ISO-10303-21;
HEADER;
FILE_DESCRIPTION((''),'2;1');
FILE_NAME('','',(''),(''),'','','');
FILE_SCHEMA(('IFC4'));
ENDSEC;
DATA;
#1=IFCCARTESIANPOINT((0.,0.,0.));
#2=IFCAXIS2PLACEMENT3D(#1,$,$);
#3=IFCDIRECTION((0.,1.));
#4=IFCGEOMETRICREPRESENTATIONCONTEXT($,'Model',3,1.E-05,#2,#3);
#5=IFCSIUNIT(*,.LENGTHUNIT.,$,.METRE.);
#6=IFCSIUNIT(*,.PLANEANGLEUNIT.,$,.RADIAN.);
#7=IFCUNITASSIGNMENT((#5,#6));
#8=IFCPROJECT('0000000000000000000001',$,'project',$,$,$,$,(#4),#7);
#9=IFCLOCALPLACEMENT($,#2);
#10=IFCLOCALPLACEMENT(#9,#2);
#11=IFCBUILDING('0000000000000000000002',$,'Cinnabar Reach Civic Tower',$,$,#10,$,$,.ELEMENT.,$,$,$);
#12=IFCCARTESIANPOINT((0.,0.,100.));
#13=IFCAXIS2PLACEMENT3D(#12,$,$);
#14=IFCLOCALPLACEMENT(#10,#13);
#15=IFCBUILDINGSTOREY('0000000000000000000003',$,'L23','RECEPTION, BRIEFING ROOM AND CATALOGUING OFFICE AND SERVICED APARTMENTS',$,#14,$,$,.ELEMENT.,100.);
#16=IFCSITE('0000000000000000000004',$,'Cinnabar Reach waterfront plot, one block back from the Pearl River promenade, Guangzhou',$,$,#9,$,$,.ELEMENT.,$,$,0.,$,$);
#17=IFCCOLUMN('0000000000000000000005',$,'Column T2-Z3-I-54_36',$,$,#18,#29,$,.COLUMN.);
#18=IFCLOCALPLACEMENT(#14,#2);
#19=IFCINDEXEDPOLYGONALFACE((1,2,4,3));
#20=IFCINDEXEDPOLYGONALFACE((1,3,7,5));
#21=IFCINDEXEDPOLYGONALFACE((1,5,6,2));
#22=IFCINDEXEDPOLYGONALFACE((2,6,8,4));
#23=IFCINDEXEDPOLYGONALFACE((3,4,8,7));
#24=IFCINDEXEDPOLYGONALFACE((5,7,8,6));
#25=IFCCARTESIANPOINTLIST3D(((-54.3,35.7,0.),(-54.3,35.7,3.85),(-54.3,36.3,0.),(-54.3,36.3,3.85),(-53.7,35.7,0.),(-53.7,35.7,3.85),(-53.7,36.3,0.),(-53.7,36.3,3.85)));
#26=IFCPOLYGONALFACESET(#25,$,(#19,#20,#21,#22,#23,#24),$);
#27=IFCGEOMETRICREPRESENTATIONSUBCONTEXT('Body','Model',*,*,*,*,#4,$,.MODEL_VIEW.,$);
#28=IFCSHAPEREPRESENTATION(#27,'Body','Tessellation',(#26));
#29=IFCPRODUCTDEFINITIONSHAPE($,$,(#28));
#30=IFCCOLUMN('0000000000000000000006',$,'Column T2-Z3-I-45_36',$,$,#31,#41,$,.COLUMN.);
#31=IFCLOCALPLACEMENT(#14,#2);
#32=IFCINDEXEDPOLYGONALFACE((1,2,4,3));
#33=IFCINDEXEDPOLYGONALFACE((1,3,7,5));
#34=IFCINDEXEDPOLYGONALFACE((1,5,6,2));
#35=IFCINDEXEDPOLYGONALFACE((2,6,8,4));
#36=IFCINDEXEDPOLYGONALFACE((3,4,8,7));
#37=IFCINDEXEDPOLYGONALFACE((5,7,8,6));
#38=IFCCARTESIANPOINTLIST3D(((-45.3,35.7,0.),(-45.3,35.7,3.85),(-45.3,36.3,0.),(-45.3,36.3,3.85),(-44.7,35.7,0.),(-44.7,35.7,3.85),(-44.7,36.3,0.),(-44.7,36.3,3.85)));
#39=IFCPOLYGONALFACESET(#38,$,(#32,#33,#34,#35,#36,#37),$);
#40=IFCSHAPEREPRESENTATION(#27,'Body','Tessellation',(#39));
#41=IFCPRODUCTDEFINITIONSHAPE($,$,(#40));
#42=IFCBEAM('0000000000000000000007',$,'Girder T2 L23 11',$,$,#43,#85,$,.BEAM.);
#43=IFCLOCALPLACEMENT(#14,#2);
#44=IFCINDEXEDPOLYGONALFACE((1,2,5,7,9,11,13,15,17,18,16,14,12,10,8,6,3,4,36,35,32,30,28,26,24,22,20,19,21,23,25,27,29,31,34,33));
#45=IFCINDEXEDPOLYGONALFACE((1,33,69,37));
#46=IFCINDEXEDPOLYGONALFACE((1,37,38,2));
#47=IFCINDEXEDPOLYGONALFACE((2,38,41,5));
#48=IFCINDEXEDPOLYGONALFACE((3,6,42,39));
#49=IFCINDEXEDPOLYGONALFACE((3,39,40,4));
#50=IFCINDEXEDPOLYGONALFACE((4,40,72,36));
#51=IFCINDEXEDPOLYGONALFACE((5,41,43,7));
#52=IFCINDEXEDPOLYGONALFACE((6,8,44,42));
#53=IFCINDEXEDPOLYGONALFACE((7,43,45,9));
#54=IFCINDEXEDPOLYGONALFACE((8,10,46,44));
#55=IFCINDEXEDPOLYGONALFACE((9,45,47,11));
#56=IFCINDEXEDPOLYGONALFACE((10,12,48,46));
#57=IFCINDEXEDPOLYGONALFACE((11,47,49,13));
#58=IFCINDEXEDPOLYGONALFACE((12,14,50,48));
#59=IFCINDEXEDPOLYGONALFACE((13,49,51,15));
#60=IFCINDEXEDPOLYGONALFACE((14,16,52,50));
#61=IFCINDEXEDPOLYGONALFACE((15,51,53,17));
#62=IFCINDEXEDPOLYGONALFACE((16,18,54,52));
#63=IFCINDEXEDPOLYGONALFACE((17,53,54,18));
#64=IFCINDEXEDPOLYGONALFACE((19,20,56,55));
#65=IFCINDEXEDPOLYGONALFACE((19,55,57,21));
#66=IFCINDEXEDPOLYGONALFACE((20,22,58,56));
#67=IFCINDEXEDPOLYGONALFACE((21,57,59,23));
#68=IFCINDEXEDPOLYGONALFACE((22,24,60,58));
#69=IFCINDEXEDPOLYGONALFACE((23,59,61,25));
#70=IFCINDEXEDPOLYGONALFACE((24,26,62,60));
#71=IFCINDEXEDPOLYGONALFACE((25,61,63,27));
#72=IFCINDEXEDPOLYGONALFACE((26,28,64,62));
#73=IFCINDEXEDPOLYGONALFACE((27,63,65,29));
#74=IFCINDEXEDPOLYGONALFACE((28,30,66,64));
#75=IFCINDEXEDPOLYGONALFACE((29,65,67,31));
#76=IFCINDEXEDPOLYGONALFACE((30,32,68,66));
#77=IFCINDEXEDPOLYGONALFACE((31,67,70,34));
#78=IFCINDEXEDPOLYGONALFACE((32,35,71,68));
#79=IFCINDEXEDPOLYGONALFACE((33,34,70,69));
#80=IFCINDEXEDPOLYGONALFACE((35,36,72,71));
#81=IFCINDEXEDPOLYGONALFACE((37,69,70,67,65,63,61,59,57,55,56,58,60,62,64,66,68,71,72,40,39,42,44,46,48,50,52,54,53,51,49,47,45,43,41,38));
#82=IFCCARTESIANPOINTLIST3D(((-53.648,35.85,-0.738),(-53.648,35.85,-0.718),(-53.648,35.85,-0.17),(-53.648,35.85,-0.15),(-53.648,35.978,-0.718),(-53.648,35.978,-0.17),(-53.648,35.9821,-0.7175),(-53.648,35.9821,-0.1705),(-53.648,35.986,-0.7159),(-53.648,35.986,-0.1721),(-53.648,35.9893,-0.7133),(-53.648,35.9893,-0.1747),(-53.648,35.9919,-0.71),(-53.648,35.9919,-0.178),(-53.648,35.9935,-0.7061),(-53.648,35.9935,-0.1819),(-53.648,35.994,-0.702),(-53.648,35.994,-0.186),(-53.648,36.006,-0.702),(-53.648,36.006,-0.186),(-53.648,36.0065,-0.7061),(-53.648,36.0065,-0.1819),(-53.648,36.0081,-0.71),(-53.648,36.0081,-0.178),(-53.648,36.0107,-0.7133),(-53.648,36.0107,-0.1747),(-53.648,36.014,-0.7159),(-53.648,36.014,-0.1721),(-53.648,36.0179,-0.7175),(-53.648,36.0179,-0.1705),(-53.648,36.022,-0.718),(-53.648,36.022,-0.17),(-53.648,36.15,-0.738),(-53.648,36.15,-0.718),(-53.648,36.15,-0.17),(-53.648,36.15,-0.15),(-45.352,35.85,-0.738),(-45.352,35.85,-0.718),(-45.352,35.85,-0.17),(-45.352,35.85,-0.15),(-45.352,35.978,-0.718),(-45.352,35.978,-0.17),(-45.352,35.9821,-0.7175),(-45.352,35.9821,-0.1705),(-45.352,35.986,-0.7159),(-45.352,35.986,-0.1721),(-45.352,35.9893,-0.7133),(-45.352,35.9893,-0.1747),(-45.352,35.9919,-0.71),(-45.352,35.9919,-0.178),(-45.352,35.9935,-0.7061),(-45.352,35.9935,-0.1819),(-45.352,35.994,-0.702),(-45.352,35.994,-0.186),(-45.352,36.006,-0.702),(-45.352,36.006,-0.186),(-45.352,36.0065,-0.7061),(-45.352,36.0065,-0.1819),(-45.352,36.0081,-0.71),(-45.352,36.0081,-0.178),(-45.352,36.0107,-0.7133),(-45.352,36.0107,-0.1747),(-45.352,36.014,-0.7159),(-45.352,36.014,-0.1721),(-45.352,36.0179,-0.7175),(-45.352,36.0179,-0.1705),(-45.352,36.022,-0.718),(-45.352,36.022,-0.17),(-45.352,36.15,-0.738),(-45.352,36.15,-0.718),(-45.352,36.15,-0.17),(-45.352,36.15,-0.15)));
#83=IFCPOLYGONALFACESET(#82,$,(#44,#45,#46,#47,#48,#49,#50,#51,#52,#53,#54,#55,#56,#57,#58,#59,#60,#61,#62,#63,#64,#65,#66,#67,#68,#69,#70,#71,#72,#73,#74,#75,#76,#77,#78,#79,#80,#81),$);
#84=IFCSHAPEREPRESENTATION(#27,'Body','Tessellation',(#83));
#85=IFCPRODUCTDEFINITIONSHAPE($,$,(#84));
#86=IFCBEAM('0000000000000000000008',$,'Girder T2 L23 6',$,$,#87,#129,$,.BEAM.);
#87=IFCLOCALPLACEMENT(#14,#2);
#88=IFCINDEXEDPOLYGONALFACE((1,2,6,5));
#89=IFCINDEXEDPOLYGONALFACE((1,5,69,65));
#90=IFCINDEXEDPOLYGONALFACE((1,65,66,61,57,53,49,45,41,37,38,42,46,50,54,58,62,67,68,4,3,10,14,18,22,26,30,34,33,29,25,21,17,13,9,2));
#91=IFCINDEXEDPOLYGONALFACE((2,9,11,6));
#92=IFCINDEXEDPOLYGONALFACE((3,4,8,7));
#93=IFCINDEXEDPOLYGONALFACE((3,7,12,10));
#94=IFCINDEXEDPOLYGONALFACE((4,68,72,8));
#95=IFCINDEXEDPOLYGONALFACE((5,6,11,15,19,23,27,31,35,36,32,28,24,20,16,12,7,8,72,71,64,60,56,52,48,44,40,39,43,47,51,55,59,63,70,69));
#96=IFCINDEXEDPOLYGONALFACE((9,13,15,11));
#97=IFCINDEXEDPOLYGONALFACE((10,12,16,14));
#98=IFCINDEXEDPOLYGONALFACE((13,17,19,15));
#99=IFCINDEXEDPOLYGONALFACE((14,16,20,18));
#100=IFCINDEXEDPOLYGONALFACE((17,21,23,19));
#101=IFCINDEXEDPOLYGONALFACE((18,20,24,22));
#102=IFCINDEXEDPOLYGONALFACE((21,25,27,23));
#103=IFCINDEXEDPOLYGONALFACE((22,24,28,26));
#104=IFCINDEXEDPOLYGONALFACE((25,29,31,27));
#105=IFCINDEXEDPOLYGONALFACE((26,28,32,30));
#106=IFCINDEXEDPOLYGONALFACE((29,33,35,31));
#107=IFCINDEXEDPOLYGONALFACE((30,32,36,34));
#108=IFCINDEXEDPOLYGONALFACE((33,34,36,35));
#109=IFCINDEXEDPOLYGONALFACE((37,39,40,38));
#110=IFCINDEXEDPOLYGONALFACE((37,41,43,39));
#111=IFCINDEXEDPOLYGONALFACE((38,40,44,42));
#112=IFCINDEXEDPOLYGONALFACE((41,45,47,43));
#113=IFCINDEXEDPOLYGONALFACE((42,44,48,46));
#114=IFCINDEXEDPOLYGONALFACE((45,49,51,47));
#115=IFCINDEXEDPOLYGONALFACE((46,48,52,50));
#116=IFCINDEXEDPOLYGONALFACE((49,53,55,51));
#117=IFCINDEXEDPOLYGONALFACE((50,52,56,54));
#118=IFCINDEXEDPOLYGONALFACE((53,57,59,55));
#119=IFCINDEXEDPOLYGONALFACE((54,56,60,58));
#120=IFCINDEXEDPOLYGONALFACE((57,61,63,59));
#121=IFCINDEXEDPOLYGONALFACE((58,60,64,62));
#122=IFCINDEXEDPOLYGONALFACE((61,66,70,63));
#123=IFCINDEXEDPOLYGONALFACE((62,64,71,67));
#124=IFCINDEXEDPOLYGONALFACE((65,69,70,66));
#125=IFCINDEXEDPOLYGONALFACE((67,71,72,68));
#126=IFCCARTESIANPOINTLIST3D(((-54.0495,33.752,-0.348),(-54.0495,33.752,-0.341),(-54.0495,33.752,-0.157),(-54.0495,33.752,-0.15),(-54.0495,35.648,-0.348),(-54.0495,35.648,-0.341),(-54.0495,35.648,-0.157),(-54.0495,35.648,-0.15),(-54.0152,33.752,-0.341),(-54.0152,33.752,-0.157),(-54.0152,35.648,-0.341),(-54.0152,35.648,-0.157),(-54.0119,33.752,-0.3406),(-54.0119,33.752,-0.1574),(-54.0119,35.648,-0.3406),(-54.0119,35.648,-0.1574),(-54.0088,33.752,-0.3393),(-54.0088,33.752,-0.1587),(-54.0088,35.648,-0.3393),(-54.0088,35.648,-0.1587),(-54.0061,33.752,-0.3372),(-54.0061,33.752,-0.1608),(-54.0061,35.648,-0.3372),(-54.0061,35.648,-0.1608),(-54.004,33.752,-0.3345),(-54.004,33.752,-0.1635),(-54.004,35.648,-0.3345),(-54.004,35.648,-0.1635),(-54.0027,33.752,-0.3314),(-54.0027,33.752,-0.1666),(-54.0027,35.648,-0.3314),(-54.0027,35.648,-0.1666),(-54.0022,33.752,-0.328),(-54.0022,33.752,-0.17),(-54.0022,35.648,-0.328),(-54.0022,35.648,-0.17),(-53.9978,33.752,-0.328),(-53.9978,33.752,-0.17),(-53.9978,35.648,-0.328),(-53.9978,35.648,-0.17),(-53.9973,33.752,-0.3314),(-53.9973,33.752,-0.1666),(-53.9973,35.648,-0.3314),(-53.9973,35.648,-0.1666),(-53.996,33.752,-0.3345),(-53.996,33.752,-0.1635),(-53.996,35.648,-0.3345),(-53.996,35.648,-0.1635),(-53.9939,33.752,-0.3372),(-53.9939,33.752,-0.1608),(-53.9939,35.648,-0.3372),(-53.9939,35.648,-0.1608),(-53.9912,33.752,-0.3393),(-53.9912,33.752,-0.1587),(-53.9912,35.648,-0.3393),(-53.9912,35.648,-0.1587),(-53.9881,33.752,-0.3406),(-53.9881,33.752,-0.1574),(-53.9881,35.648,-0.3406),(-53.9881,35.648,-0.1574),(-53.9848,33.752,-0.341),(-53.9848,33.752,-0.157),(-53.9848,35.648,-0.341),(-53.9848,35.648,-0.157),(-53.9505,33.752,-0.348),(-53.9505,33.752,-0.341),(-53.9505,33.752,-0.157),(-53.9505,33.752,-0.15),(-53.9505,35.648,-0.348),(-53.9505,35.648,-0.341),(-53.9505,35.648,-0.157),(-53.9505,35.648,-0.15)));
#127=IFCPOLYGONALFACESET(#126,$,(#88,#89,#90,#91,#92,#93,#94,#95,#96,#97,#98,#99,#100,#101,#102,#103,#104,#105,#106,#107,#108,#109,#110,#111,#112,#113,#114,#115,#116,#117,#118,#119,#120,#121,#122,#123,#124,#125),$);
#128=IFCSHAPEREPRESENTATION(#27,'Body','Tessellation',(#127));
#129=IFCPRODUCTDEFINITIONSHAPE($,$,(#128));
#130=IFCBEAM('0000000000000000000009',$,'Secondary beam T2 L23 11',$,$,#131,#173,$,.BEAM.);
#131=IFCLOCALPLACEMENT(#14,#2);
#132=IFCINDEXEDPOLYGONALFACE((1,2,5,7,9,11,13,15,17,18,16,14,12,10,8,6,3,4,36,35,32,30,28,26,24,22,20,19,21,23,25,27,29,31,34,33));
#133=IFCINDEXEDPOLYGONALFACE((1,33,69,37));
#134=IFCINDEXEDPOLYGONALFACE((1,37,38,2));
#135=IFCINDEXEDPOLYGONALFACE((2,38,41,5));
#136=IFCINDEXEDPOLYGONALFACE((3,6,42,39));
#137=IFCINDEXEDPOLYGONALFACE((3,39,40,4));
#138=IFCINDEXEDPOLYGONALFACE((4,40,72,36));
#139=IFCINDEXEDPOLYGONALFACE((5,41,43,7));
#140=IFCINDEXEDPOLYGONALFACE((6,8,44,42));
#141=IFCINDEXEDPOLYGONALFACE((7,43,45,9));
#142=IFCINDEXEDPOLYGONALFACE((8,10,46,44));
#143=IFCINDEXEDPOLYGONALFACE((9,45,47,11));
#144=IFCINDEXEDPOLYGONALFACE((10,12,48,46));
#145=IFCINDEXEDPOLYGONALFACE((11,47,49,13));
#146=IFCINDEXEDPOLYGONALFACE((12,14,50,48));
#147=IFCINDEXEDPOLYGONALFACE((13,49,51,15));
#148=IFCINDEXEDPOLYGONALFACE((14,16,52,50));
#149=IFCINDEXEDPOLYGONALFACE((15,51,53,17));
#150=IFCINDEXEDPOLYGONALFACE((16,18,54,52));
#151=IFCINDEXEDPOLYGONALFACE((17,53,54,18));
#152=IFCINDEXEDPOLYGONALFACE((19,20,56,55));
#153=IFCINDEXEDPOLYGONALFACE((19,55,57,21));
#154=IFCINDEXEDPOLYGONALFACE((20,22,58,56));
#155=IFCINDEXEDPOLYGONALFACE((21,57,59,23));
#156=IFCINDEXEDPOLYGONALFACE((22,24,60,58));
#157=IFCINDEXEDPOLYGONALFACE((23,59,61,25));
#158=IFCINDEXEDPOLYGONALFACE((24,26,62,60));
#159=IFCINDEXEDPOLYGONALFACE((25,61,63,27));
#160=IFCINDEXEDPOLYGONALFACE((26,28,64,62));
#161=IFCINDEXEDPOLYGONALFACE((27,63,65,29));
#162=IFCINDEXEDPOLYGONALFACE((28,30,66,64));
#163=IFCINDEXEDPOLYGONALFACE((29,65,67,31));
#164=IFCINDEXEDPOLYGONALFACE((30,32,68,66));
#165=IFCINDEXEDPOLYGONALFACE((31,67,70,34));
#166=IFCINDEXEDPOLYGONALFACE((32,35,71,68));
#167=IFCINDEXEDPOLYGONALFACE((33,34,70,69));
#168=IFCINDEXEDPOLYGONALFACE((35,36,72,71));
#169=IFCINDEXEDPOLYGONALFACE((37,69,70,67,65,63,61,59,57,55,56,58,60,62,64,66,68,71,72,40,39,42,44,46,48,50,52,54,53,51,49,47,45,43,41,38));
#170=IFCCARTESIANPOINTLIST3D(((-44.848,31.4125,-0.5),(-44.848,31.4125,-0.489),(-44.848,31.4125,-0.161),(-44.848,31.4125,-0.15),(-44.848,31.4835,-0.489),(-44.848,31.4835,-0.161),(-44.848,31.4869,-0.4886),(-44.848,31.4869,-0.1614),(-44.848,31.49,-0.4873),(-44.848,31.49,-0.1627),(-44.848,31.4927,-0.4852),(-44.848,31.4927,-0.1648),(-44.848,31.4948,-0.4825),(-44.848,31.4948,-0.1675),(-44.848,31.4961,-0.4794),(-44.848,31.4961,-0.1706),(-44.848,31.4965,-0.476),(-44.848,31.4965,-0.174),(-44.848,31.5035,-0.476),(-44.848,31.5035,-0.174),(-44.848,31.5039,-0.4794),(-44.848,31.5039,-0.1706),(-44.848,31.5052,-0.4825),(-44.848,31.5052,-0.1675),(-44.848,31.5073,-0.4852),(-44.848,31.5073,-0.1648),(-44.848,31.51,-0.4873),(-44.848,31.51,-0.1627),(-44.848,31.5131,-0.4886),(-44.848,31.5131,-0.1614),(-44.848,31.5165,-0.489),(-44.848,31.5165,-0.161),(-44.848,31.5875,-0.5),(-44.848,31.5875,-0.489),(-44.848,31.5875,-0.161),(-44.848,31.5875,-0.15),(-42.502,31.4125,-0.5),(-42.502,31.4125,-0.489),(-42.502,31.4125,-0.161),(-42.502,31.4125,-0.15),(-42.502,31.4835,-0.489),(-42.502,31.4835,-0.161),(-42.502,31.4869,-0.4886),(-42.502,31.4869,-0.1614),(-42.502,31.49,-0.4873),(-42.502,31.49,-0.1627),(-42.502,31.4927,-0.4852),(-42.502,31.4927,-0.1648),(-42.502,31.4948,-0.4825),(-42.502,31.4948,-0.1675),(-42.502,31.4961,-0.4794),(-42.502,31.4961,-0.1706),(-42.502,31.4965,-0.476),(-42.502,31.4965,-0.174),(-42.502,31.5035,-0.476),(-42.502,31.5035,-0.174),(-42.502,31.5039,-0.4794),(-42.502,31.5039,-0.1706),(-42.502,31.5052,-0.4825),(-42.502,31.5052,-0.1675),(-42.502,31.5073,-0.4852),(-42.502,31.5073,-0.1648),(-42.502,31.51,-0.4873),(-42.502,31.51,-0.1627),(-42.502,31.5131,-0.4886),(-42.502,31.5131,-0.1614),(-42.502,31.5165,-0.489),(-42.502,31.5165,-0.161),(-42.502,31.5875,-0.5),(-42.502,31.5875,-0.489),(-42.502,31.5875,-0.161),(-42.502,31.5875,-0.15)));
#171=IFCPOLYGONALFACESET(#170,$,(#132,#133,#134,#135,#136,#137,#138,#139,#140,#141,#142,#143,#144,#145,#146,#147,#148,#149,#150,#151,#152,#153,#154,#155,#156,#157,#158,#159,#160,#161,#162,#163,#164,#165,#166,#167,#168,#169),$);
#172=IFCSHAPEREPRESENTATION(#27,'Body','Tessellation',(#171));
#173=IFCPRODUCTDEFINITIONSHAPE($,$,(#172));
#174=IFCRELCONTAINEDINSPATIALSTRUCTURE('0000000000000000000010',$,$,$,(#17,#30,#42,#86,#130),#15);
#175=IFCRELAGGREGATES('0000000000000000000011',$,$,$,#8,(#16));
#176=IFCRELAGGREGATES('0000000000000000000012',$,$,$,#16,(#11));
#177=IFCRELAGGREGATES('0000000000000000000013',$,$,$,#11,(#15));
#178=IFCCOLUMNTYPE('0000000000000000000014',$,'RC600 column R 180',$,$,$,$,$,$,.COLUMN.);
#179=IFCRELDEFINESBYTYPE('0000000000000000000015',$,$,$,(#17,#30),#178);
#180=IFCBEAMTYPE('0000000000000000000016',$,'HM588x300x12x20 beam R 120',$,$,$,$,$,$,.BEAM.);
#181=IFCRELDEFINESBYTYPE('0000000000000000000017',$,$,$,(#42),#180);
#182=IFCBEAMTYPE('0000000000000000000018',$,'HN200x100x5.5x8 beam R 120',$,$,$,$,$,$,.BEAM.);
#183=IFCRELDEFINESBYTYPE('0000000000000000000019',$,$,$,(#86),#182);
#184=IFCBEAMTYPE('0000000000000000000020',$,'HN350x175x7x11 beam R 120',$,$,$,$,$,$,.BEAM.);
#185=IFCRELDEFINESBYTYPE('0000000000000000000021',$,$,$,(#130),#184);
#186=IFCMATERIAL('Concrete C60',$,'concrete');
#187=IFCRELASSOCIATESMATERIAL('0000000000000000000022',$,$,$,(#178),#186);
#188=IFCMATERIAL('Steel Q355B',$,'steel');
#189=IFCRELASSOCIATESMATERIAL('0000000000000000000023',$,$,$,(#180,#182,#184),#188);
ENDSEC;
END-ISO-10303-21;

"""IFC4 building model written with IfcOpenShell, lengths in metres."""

from ifc_helpers import new_model, si_unit, direction, frame, origin, origin_2d, place, context, subcontext, project, spatial, rectangle, i_section, extrude, material, material_profile, profile_set, type_object, element, save


model = new_model("IFC4")

# Units and contexts
model_context = context("Model", 3, precision=1e-05, world=origin(), true_north=direction((0.0, 1.0)))
body_context = subcontext(model_context, "Body", "Model", "MODEL_VIEW")
ifc_project = project(units=[si_unit("LENGTHUNIT", "METRE"), si_unit("PLANEANGLEUNIT", "RADIAN")], contexts=[model_context])

# Site, building, storey
site_placement = place(None, origin())
site = spatial("IfcSite", under=ifc_project, at=site_placement, Name="Cinnabar Reach waterfront plot, one block back from the Pearl River promenade, Guangzhou", CompositionType="ELEMENT", RefElevation=0.0)
building_placement = place(site_placement, origin())
building = spatial("IfcBuilding", under=site, at=building_placement, Name="Cinnabar Reach Civic Tower", CompositionType="ELEMENT")
storey_placement = place(building_placement, frame((0.0, 0.0, 100.0)))
storey = spatial("IfcBuildingStorey", under=building, at=storey_placement, Name="L23", Description="RECEPTION, BRIEFING ROOM AND CATALOGUING OFFICE AND SERVICED APARTMENTS", CompositionType="ELEMENT", Elevation=100.0)

# Columns
ifc_material_1 = material(Name="Concrete C60", Category="concrete")
ifc_material_profile_1 = material_profile(ifc_material_1, rectangle(XDim=0.6, YDim=0.6, at=origin_2d()), Name="RC600")
ifc_profile_set_1 = profile_set([ifc_material_profile_1], Name="Concrete C60")
column_type = type_object("IfcColumnType", Name="RC600 column R 180", PredefinedType="COLUMN", material=ifc_profile_set_1)
for number, where, z_axis, x_axis, name in (
    (1, (-54.0, 36.0, 0.0), (0.0, 0.0, 1.0), (1.0, 0.0, 0.0), "Column T2-Z3-I-54_36"),
    (2, (-45.0, 36.0, 0.0), (0.0, 0.0, 1.0), (1.0, 0.0, 0.0), "Column T2-Z3-I-45_36"),
):
    element("IfcColumn", number, at=place(storey_placement, frame(where, z_axis=z_axis, x_axis=x_axis)), inside=storey, type_object=column_type, Name=name, PredefinedType="COLUMN", context=body_context, shape_type="SweptSolid", body=[
        extrude(rectangle(XDim=0.6, YDim=0.6, at=origin_2d()), origin(), (0.0, 0.0, 1.0), 3.85),
    ])

# Beams
ifc_material_2 = material(Name="Steel Q355B", Category="steel")
ifc_material_profile_2 = material_profile(ifc_material_2, i_section(OverallWidth=0.3, OverallDepth=0.588, WebThickness=0.012, FlangeThickness=0.02, FilletRadius=0.016, at=origin_2d()), Name="HM588x300x12x20")
ifc_profile_set_2 = profile_set([ifc_material_profile_2], Name="Steel Q355B")
beam_type_1 = type_object("IfcBeamType", Name="HM588x300x12x20 beam R 120", PredefinedType="BEAM", material=ifc_profile_set_2)
beam_1_placement = place(storey_placement, frame((-53.648, 36.0, -0.444), z_axis=(1.0, 0.0, 0.0), x_axis=(0.0, 1.0, 0.0)))
element("IfcBeam", 3, at=beam_1_placement, inside=storey, type_object=beam_type_1, Name="Girder T2 L23 11", PredefinedType="BEAM", context=body_context, shape_type="SweptSolid", body=[
    extrude(i_section(OverallWidth=0.3, OverallDepth=0.588, WebThickness=0.012, FlangeThickness=0.02, FilletRadius=0.016, at=origin_2d()), origin(), (0.0, 0.0, 1.0), 8.296),
])
ifc_material_profile_3 = material_profile(ifc_material_2, i_section(OverallWidth=0.099, OverallDepth=0.198, WebThickness=0.0045, FlangeThickness=0.007, FilletRadius=0.013, at=origin_2d()), Name="HN200x100x5.5x8")
ifc_profile_set_3 = profile_set([ifc_material_profile_3], Name="Steel Q355B")
beam_type_2 = type_object("IfcBeamType", Name="HN200x100x5.5x8 beam R 120", PredefinedType="BEAM", material=ifc_profile_set_3)
beam_2_placement = place(storey_placement, frame((-54.0, 33.752, -0.249), z_axis=(0.0, 1.0, 0.0), x_axis=(-1.0, 0.0, 0.0)))
element("IfcBeam", 4, at=beam_2_placement, inside=storey, type_object=beam_type_2, Name="Girder T2 L23 6", PredefinedType="BEAM", context=body_context, shape_type="SweptSolid", body=[
    extrude(i_section(OverallWidth=0.099, OverallDepth=0.198, WebThickness=0.0045, FlangeThickness=0.007, FilletRadius=0.013, at=origin_2d()), origin(), (0.0, 0.0, 1.0), 1.896),
])
ifc_material_profile_4 = material_profile(ifc_material_2, i_section(OverallWidth=0.175, OverallDepth=0.35, WebThickness=0.007, FlangeThickness=0.011, FilletRadius=0.013, at=origin_2d()), Name="HN350x175x7x11")
ifc_profile_set_4 = profile_set([ifc_material_profile_4], Name="Steel Q355B")
beam_type_3 = type_object("IfcBeamType", Name="HN350x175x7x11 beam R 120", PredefinedType="BEAM", material=ifc_profile_set_4)
beam_3_placement = place(storey_placement, frame((-44.848, 31.5, -0.325), z_axis=(1.0, 0.0, 0.0), x_axis=(0.0, 1.0, 0.0)))
element("IfcBeam", 5, at=beam_3_placement, inside=storey, type_object=beam_type_3, Name="Secondary beam T2 L23 11", PredefinedType="BEAM", context=body_context, shape_type="SweptSolid", body=[
    extrude(i_section(OverallWidth=0.175, OverallDepth=0.35, WebThickness=0.007, FlangeThickness=0.011, FilletRadius=0.013, at=origin_2d()), origin(), (0.0, 0.0, 1.0), 2.346),
])

save(model, "model.ifc")
